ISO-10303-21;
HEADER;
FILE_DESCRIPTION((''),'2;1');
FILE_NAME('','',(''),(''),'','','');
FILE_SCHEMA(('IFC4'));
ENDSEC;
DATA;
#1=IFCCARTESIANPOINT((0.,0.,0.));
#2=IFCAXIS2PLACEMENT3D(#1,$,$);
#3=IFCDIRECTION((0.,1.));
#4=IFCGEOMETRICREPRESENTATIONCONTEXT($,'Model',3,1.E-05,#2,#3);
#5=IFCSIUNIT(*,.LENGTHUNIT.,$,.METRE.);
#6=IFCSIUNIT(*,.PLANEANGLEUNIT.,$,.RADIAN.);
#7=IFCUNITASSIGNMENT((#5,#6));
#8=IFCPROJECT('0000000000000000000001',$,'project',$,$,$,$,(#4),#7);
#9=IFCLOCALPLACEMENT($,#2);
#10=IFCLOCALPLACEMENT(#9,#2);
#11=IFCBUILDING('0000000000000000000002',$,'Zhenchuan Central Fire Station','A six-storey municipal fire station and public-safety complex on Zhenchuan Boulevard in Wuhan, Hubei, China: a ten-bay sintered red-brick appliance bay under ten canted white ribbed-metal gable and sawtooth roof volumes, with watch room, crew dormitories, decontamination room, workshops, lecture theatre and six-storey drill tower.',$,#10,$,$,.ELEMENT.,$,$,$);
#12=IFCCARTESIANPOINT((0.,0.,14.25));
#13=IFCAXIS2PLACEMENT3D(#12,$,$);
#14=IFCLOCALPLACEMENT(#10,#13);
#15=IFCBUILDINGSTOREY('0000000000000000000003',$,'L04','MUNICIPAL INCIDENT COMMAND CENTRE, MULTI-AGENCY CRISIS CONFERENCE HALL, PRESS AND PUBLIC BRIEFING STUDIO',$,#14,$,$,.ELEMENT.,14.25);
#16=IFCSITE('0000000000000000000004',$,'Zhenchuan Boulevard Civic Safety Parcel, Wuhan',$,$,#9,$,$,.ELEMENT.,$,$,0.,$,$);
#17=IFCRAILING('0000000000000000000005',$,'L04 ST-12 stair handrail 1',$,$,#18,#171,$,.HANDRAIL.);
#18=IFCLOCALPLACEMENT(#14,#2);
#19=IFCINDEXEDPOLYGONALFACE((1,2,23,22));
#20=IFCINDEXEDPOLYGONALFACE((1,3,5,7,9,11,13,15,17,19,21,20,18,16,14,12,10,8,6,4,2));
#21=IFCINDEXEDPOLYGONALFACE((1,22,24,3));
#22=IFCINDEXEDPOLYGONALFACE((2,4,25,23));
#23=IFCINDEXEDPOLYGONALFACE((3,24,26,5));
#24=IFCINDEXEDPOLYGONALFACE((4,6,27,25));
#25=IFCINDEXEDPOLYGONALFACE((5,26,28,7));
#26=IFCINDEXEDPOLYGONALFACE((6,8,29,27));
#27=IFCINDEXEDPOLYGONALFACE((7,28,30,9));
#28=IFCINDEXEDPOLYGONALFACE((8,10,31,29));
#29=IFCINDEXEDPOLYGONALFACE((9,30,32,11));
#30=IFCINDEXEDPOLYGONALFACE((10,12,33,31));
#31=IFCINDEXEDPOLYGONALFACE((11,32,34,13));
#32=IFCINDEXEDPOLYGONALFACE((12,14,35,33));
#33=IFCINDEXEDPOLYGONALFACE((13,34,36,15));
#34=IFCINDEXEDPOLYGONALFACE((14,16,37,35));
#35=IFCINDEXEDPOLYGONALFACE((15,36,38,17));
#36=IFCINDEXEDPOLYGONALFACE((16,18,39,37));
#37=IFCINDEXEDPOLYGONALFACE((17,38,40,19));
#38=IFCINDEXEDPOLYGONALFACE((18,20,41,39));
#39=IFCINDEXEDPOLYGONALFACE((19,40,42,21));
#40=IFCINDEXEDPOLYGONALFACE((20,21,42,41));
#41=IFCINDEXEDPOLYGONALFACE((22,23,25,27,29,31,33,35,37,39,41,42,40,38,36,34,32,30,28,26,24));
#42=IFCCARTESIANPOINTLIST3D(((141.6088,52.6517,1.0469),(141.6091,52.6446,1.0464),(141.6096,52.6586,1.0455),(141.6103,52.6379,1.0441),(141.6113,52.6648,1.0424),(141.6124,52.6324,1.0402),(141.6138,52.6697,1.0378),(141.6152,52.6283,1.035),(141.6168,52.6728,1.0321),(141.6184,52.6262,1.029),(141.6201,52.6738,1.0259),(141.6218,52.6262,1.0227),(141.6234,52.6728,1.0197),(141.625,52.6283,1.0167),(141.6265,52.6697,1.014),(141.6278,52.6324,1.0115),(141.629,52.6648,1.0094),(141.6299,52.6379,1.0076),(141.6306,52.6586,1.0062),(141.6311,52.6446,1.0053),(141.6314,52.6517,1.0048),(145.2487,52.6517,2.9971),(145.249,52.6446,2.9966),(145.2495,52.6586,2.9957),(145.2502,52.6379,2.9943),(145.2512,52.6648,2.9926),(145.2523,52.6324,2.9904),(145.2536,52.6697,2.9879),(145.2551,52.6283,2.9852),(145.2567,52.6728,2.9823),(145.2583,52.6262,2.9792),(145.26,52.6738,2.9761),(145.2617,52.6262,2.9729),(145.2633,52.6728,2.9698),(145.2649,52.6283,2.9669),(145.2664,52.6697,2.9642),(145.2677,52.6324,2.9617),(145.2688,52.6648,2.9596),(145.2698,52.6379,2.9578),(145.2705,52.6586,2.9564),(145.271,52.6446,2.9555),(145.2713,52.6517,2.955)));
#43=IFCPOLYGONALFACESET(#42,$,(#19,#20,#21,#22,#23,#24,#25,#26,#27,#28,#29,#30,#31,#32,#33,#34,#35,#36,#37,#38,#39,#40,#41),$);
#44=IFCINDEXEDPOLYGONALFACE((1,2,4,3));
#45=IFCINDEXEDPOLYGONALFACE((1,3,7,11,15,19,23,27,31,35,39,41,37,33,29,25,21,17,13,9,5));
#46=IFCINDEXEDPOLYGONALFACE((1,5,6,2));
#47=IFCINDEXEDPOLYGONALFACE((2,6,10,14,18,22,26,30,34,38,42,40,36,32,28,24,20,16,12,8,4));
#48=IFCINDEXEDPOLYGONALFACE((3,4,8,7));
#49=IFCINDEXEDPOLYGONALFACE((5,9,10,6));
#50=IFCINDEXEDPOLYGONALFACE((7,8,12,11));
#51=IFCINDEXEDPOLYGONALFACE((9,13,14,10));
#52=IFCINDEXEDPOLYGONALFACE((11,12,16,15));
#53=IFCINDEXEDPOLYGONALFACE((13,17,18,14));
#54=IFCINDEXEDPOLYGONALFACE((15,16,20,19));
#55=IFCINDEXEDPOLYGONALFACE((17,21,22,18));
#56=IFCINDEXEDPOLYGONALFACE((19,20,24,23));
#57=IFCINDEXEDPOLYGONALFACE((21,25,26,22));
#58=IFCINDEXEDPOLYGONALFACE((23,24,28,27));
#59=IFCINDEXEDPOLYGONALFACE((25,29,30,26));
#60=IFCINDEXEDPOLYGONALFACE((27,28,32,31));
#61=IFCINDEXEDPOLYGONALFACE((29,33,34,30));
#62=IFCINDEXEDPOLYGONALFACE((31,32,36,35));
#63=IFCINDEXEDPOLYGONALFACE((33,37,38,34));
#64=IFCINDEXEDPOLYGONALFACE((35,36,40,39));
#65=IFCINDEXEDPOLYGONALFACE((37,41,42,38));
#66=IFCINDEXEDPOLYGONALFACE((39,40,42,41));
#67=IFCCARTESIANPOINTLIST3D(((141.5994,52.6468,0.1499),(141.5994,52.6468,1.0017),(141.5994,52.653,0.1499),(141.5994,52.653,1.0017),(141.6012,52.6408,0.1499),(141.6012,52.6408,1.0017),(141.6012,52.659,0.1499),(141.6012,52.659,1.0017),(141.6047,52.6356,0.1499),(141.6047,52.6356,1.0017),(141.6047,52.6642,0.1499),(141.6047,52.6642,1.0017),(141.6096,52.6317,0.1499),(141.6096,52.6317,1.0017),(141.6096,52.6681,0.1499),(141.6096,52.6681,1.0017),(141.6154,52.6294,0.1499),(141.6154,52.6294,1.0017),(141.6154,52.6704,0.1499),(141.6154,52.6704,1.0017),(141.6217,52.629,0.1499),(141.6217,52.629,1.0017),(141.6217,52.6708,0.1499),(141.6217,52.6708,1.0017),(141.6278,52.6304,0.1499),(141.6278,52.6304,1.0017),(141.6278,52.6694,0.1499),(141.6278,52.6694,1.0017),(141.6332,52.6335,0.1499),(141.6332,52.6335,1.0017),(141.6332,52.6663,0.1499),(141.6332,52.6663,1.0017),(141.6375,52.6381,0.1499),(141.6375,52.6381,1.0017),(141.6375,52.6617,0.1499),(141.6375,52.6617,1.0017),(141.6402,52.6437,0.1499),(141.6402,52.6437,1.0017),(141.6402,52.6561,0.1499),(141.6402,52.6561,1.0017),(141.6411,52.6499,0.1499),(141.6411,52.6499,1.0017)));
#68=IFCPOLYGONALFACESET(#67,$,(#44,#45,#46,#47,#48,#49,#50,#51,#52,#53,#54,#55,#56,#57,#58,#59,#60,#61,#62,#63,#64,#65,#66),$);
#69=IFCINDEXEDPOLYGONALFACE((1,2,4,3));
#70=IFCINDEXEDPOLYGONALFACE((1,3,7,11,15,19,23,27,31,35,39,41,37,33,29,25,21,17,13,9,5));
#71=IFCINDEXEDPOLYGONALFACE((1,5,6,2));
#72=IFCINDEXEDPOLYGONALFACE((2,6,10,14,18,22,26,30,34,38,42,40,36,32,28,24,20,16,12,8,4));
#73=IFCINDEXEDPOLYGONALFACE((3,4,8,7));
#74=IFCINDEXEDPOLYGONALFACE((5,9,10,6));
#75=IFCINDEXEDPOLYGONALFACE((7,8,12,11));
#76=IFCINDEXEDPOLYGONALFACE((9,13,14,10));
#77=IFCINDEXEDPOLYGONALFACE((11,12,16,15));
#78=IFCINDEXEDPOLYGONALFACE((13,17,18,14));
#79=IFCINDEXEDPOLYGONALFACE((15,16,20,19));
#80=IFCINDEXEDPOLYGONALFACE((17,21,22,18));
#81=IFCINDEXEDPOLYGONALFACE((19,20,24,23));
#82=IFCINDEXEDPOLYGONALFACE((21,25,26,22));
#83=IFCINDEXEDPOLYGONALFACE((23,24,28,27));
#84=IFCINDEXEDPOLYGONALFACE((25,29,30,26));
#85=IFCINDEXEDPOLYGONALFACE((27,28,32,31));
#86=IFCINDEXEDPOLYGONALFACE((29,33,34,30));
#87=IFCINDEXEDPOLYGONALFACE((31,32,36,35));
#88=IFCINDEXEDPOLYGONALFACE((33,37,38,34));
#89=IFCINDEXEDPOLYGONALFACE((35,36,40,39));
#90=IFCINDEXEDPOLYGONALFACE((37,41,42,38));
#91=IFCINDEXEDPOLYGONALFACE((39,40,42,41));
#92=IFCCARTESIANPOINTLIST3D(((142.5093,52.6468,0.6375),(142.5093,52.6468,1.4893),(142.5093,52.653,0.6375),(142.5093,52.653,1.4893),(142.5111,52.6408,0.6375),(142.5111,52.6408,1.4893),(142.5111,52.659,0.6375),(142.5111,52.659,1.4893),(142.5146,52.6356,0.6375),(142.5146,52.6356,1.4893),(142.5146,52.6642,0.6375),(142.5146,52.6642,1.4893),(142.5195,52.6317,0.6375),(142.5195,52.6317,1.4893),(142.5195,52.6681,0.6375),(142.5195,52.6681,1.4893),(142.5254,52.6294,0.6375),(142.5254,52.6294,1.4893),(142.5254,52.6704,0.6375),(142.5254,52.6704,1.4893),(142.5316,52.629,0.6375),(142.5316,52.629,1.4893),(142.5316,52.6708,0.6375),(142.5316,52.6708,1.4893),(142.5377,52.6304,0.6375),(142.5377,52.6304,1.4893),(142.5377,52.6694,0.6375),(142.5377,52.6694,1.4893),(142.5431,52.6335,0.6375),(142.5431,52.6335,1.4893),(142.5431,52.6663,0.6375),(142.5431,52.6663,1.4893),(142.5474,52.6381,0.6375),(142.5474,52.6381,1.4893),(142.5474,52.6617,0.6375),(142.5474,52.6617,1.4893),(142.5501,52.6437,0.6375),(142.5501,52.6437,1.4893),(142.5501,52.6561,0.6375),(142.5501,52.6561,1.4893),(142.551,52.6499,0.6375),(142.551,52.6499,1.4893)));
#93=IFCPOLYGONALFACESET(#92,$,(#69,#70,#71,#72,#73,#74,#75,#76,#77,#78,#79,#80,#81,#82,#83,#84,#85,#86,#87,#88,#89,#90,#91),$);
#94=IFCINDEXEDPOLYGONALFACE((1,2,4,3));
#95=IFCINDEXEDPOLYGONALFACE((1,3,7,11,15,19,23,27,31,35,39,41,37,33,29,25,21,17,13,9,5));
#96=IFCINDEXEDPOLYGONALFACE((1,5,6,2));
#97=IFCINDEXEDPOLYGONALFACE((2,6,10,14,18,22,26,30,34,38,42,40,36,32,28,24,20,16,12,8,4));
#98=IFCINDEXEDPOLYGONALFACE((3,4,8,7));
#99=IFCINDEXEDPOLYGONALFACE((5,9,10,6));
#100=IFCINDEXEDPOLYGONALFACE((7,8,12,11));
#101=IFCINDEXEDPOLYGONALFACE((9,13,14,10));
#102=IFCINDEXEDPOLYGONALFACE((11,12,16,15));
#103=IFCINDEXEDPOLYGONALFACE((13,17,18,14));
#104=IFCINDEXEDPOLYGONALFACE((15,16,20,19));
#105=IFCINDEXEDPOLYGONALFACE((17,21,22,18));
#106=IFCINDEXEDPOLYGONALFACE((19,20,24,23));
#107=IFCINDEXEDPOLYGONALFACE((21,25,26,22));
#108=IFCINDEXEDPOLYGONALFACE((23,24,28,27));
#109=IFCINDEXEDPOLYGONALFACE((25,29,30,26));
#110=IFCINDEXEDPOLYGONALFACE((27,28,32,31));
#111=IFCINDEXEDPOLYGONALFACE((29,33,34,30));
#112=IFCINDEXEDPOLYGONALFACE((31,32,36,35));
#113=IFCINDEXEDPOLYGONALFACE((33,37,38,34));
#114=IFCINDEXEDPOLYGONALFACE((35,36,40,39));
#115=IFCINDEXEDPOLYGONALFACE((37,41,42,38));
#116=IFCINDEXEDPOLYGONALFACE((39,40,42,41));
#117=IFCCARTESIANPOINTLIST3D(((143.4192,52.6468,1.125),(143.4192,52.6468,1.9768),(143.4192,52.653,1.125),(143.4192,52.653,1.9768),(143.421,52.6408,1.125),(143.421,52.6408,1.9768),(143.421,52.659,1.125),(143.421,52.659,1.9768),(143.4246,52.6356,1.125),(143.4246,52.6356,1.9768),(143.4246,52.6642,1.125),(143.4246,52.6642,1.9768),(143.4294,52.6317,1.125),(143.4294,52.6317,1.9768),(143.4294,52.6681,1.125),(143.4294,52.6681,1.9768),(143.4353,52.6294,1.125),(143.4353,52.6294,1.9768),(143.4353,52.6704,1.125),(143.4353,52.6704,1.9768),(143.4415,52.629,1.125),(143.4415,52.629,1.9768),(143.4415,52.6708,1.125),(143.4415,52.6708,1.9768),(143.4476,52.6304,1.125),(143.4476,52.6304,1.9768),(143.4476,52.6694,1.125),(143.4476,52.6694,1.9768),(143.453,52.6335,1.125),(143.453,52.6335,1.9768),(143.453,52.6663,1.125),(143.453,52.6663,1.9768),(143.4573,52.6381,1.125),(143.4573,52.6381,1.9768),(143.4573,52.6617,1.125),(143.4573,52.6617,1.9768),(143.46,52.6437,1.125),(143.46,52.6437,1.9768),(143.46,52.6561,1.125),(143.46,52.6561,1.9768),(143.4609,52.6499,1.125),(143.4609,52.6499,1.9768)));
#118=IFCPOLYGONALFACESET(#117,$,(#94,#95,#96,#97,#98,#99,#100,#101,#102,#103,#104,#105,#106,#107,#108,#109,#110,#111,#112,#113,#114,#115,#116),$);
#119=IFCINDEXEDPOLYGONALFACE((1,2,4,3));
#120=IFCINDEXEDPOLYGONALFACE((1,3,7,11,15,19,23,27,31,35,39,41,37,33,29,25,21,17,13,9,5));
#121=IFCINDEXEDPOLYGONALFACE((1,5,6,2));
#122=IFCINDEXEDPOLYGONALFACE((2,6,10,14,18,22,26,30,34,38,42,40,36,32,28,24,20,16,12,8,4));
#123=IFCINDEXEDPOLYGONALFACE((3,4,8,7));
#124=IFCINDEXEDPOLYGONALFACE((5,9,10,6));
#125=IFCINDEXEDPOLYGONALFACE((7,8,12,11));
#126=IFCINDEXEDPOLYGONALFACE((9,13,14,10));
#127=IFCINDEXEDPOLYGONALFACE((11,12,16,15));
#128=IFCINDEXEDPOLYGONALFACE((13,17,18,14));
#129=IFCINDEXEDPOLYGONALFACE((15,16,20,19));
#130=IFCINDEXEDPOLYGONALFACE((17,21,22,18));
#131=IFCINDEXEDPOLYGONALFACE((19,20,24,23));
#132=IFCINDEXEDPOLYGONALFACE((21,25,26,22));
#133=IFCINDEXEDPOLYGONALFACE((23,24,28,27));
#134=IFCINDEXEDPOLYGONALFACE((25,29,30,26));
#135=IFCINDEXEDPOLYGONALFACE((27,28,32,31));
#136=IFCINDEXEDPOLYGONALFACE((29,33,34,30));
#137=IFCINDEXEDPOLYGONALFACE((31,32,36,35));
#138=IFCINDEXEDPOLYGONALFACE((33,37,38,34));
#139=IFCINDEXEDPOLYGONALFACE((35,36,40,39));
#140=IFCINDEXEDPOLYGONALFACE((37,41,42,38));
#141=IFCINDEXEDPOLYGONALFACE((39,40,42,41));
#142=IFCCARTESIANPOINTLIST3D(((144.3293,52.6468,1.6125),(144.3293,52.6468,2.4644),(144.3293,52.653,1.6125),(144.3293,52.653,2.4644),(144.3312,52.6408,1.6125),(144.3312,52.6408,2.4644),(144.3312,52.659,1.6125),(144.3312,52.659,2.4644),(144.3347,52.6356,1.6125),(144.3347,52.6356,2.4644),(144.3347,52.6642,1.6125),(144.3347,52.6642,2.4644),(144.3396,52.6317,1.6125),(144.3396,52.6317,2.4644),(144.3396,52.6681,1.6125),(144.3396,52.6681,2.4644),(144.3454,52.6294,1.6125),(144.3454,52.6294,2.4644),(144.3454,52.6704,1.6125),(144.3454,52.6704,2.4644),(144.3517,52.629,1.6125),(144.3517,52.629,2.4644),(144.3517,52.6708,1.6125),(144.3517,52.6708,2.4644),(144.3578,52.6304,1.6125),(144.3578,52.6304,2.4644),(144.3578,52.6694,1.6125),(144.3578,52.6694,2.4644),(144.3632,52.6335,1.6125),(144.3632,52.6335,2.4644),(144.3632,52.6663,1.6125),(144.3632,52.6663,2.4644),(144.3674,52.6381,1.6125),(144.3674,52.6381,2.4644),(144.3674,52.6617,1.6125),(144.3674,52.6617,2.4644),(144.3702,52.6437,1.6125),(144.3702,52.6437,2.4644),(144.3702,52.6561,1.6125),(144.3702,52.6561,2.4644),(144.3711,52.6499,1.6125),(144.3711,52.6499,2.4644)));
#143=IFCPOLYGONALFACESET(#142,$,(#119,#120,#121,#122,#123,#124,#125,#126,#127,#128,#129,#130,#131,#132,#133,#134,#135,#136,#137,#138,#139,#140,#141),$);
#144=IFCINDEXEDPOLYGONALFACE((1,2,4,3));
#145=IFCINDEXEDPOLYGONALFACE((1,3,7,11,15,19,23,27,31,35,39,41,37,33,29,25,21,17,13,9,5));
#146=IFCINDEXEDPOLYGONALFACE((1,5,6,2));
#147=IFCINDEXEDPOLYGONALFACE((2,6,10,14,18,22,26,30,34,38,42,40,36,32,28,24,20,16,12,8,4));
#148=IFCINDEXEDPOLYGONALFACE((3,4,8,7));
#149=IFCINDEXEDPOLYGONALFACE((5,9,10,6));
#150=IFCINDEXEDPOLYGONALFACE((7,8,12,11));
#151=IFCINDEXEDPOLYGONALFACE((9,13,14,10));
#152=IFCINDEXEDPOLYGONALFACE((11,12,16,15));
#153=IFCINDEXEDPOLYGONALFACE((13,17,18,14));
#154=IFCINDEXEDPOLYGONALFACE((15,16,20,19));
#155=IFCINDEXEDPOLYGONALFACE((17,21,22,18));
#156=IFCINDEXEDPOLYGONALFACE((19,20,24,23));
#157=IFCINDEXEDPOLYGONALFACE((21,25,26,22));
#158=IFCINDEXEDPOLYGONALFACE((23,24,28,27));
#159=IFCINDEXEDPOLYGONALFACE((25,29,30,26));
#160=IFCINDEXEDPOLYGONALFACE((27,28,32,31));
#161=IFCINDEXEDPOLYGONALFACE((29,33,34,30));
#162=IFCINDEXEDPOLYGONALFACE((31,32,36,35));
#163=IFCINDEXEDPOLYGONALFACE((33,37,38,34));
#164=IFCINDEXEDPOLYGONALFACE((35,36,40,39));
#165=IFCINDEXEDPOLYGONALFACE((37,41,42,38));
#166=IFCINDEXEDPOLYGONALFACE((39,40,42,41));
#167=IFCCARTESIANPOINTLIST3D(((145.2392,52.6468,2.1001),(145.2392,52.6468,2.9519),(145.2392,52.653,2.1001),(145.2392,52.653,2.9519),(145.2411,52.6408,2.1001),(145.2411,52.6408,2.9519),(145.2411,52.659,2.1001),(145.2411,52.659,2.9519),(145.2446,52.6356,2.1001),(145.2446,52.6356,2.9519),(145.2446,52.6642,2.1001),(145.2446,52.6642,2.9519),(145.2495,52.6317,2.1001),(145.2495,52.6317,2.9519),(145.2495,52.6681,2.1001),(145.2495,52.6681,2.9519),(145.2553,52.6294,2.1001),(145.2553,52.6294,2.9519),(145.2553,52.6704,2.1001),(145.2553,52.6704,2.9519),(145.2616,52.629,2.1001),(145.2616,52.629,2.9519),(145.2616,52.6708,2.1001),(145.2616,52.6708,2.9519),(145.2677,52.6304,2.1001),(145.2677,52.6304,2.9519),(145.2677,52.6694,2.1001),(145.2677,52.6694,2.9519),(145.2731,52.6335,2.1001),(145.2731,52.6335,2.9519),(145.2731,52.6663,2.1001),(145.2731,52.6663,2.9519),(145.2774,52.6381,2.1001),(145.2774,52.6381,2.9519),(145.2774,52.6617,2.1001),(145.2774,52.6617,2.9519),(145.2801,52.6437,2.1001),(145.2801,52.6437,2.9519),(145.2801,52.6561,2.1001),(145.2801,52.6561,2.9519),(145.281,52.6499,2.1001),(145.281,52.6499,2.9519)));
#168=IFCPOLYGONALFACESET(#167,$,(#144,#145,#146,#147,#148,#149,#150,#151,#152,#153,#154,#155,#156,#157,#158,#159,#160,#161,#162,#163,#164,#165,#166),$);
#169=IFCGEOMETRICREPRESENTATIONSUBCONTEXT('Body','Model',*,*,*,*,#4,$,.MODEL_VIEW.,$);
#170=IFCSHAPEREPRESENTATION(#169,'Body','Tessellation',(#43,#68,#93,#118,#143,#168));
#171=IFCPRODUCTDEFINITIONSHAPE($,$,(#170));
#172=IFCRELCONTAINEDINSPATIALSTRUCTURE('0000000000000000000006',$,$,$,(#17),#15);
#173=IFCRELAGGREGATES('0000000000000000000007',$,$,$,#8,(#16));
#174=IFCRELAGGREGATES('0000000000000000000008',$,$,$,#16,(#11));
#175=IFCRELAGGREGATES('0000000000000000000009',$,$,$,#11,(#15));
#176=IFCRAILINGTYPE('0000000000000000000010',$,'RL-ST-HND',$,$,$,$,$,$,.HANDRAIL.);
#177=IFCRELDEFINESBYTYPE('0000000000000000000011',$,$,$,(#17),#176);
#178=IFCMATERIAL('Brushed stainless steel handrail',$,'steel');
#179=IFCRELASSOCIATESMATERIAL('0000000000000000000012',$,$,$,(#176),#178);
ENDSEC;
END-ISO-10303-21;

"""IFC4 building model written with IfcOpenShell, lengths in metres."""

from ifc_helpers import new_model, si_unit, direction, frame, origin, origin_2d, place, context, subcontext, project, spatial, circle, extrude, material, type_object, element, save


model = new_model("IFC4")

# Units and contexts
model_context = context("Model", 3, precision=1e-05, world=origin(), true_north=direction((0.0, 1.0)))
body_context = subcontext(model_context, "Body", "Model", "MODEL_VIEW")
ifc_project = project(units=[si_unit("LENGTHUNIT", "METRE"), si_unit("PLANEANGLEUNIT", "RADIAN")], contexts=[model_context])

# Site, building, storey
site_placement = place(None, origin())
site = spatial("IfcSite", under=ifc_project, at=site_placement, Name="Zhenchuan Boulevard Civic Safety Parcel, Wuhan", CompositionType="ELEMENT", RefElevation=0.0)
building_placement = place(site_placement, origin())
building = spatial("IfcBuilding", under=site, at=building_placement, Name="Zhenchuan Central Fire Station", Description="A six-storey municipal fire station and public-safety complex on Zhenchuan Boulevard in Wuhan, Hubei, China: a ten-bay sintered red-brick appliance bay under ten canted white ribbed-metal gable and sawtooth roof volumes, with watch room, crew dormitories, decontamination room, workshops, lecture theatre and six-storey drill tower.", CompositionType="ELEMENT")
storey_placement = place(building_placement, frame((0.0, 0.0, 14.25)))
storey = spatial("IfcBuildingStorey", under=building, at=storey_placement, Name="L04", Description="MUNICIPAL INCIDENT COMMAND CENTRE, MULTI-AGENCY CRISIS CONFERENCE HALL, PRESS AND PUBLIC BRIEFING STUDIO", CompositionType="ELEMENT", Elevation=14.25)

# Railing
ifc_material_1 = material(Name="Brushed stainless steel handrail", Category="steel")
railing_type_1 = type_object("IfcRailingType", Name="RL-ST-HND", PredefinedType="HANDRAIL", material=ifc_material_1)
railing_1_placement = place(storey_placement, frame((141.6201, 52.6499, 0.1499)))
element("IfcRailing", 1, at=railing_1_placement, inside=storey, type_object=railing_type_1, Name="L04 ST-12 stair handrail 1", PredefinedType="HANDRAIL", context=body_context, shape_type="SweptSolid", body=[
    extrude(circle(Radius=0.0239, at=origin_2d()), frame((0.0, 0.0, 0.876), z_axis=(0.881454, 0.0, 0.472269), x_axis=(0.0, 1.0, 0.0)), (0.0, 0.0, 1.0), 4.1294),
    extrude(circle(Radius=0.021, at=origin_2d()), origin(), (0.0, 0.0, 1.0), 0.8518),
    extrude(circle(Radius=0.021, at=origin_2d()), frame((0.9099, 0.0, 0.4875)), (0.0, 0.0, 1.0), 0.8518),
    extrude(circle(Radius=0.021, at=origin_2d()), frame((1.8198, 0.0, 0.9751)), (0.0, 0.0, 1.0), 0.8518),
    extrude(circle(Radius=0.021, at=origin_2d()), frame((2.73, 0.0, 1.4626)), (0.0, 0.0, 1.0), 0.8518),
    extrude(circle(Radius=0.021, at=origin_2d()), frame((3.6399, 0.0, 1.9502)), (0.0, 0.0, 1.0), 0.8518),
])

save(model, "model.ifc")
